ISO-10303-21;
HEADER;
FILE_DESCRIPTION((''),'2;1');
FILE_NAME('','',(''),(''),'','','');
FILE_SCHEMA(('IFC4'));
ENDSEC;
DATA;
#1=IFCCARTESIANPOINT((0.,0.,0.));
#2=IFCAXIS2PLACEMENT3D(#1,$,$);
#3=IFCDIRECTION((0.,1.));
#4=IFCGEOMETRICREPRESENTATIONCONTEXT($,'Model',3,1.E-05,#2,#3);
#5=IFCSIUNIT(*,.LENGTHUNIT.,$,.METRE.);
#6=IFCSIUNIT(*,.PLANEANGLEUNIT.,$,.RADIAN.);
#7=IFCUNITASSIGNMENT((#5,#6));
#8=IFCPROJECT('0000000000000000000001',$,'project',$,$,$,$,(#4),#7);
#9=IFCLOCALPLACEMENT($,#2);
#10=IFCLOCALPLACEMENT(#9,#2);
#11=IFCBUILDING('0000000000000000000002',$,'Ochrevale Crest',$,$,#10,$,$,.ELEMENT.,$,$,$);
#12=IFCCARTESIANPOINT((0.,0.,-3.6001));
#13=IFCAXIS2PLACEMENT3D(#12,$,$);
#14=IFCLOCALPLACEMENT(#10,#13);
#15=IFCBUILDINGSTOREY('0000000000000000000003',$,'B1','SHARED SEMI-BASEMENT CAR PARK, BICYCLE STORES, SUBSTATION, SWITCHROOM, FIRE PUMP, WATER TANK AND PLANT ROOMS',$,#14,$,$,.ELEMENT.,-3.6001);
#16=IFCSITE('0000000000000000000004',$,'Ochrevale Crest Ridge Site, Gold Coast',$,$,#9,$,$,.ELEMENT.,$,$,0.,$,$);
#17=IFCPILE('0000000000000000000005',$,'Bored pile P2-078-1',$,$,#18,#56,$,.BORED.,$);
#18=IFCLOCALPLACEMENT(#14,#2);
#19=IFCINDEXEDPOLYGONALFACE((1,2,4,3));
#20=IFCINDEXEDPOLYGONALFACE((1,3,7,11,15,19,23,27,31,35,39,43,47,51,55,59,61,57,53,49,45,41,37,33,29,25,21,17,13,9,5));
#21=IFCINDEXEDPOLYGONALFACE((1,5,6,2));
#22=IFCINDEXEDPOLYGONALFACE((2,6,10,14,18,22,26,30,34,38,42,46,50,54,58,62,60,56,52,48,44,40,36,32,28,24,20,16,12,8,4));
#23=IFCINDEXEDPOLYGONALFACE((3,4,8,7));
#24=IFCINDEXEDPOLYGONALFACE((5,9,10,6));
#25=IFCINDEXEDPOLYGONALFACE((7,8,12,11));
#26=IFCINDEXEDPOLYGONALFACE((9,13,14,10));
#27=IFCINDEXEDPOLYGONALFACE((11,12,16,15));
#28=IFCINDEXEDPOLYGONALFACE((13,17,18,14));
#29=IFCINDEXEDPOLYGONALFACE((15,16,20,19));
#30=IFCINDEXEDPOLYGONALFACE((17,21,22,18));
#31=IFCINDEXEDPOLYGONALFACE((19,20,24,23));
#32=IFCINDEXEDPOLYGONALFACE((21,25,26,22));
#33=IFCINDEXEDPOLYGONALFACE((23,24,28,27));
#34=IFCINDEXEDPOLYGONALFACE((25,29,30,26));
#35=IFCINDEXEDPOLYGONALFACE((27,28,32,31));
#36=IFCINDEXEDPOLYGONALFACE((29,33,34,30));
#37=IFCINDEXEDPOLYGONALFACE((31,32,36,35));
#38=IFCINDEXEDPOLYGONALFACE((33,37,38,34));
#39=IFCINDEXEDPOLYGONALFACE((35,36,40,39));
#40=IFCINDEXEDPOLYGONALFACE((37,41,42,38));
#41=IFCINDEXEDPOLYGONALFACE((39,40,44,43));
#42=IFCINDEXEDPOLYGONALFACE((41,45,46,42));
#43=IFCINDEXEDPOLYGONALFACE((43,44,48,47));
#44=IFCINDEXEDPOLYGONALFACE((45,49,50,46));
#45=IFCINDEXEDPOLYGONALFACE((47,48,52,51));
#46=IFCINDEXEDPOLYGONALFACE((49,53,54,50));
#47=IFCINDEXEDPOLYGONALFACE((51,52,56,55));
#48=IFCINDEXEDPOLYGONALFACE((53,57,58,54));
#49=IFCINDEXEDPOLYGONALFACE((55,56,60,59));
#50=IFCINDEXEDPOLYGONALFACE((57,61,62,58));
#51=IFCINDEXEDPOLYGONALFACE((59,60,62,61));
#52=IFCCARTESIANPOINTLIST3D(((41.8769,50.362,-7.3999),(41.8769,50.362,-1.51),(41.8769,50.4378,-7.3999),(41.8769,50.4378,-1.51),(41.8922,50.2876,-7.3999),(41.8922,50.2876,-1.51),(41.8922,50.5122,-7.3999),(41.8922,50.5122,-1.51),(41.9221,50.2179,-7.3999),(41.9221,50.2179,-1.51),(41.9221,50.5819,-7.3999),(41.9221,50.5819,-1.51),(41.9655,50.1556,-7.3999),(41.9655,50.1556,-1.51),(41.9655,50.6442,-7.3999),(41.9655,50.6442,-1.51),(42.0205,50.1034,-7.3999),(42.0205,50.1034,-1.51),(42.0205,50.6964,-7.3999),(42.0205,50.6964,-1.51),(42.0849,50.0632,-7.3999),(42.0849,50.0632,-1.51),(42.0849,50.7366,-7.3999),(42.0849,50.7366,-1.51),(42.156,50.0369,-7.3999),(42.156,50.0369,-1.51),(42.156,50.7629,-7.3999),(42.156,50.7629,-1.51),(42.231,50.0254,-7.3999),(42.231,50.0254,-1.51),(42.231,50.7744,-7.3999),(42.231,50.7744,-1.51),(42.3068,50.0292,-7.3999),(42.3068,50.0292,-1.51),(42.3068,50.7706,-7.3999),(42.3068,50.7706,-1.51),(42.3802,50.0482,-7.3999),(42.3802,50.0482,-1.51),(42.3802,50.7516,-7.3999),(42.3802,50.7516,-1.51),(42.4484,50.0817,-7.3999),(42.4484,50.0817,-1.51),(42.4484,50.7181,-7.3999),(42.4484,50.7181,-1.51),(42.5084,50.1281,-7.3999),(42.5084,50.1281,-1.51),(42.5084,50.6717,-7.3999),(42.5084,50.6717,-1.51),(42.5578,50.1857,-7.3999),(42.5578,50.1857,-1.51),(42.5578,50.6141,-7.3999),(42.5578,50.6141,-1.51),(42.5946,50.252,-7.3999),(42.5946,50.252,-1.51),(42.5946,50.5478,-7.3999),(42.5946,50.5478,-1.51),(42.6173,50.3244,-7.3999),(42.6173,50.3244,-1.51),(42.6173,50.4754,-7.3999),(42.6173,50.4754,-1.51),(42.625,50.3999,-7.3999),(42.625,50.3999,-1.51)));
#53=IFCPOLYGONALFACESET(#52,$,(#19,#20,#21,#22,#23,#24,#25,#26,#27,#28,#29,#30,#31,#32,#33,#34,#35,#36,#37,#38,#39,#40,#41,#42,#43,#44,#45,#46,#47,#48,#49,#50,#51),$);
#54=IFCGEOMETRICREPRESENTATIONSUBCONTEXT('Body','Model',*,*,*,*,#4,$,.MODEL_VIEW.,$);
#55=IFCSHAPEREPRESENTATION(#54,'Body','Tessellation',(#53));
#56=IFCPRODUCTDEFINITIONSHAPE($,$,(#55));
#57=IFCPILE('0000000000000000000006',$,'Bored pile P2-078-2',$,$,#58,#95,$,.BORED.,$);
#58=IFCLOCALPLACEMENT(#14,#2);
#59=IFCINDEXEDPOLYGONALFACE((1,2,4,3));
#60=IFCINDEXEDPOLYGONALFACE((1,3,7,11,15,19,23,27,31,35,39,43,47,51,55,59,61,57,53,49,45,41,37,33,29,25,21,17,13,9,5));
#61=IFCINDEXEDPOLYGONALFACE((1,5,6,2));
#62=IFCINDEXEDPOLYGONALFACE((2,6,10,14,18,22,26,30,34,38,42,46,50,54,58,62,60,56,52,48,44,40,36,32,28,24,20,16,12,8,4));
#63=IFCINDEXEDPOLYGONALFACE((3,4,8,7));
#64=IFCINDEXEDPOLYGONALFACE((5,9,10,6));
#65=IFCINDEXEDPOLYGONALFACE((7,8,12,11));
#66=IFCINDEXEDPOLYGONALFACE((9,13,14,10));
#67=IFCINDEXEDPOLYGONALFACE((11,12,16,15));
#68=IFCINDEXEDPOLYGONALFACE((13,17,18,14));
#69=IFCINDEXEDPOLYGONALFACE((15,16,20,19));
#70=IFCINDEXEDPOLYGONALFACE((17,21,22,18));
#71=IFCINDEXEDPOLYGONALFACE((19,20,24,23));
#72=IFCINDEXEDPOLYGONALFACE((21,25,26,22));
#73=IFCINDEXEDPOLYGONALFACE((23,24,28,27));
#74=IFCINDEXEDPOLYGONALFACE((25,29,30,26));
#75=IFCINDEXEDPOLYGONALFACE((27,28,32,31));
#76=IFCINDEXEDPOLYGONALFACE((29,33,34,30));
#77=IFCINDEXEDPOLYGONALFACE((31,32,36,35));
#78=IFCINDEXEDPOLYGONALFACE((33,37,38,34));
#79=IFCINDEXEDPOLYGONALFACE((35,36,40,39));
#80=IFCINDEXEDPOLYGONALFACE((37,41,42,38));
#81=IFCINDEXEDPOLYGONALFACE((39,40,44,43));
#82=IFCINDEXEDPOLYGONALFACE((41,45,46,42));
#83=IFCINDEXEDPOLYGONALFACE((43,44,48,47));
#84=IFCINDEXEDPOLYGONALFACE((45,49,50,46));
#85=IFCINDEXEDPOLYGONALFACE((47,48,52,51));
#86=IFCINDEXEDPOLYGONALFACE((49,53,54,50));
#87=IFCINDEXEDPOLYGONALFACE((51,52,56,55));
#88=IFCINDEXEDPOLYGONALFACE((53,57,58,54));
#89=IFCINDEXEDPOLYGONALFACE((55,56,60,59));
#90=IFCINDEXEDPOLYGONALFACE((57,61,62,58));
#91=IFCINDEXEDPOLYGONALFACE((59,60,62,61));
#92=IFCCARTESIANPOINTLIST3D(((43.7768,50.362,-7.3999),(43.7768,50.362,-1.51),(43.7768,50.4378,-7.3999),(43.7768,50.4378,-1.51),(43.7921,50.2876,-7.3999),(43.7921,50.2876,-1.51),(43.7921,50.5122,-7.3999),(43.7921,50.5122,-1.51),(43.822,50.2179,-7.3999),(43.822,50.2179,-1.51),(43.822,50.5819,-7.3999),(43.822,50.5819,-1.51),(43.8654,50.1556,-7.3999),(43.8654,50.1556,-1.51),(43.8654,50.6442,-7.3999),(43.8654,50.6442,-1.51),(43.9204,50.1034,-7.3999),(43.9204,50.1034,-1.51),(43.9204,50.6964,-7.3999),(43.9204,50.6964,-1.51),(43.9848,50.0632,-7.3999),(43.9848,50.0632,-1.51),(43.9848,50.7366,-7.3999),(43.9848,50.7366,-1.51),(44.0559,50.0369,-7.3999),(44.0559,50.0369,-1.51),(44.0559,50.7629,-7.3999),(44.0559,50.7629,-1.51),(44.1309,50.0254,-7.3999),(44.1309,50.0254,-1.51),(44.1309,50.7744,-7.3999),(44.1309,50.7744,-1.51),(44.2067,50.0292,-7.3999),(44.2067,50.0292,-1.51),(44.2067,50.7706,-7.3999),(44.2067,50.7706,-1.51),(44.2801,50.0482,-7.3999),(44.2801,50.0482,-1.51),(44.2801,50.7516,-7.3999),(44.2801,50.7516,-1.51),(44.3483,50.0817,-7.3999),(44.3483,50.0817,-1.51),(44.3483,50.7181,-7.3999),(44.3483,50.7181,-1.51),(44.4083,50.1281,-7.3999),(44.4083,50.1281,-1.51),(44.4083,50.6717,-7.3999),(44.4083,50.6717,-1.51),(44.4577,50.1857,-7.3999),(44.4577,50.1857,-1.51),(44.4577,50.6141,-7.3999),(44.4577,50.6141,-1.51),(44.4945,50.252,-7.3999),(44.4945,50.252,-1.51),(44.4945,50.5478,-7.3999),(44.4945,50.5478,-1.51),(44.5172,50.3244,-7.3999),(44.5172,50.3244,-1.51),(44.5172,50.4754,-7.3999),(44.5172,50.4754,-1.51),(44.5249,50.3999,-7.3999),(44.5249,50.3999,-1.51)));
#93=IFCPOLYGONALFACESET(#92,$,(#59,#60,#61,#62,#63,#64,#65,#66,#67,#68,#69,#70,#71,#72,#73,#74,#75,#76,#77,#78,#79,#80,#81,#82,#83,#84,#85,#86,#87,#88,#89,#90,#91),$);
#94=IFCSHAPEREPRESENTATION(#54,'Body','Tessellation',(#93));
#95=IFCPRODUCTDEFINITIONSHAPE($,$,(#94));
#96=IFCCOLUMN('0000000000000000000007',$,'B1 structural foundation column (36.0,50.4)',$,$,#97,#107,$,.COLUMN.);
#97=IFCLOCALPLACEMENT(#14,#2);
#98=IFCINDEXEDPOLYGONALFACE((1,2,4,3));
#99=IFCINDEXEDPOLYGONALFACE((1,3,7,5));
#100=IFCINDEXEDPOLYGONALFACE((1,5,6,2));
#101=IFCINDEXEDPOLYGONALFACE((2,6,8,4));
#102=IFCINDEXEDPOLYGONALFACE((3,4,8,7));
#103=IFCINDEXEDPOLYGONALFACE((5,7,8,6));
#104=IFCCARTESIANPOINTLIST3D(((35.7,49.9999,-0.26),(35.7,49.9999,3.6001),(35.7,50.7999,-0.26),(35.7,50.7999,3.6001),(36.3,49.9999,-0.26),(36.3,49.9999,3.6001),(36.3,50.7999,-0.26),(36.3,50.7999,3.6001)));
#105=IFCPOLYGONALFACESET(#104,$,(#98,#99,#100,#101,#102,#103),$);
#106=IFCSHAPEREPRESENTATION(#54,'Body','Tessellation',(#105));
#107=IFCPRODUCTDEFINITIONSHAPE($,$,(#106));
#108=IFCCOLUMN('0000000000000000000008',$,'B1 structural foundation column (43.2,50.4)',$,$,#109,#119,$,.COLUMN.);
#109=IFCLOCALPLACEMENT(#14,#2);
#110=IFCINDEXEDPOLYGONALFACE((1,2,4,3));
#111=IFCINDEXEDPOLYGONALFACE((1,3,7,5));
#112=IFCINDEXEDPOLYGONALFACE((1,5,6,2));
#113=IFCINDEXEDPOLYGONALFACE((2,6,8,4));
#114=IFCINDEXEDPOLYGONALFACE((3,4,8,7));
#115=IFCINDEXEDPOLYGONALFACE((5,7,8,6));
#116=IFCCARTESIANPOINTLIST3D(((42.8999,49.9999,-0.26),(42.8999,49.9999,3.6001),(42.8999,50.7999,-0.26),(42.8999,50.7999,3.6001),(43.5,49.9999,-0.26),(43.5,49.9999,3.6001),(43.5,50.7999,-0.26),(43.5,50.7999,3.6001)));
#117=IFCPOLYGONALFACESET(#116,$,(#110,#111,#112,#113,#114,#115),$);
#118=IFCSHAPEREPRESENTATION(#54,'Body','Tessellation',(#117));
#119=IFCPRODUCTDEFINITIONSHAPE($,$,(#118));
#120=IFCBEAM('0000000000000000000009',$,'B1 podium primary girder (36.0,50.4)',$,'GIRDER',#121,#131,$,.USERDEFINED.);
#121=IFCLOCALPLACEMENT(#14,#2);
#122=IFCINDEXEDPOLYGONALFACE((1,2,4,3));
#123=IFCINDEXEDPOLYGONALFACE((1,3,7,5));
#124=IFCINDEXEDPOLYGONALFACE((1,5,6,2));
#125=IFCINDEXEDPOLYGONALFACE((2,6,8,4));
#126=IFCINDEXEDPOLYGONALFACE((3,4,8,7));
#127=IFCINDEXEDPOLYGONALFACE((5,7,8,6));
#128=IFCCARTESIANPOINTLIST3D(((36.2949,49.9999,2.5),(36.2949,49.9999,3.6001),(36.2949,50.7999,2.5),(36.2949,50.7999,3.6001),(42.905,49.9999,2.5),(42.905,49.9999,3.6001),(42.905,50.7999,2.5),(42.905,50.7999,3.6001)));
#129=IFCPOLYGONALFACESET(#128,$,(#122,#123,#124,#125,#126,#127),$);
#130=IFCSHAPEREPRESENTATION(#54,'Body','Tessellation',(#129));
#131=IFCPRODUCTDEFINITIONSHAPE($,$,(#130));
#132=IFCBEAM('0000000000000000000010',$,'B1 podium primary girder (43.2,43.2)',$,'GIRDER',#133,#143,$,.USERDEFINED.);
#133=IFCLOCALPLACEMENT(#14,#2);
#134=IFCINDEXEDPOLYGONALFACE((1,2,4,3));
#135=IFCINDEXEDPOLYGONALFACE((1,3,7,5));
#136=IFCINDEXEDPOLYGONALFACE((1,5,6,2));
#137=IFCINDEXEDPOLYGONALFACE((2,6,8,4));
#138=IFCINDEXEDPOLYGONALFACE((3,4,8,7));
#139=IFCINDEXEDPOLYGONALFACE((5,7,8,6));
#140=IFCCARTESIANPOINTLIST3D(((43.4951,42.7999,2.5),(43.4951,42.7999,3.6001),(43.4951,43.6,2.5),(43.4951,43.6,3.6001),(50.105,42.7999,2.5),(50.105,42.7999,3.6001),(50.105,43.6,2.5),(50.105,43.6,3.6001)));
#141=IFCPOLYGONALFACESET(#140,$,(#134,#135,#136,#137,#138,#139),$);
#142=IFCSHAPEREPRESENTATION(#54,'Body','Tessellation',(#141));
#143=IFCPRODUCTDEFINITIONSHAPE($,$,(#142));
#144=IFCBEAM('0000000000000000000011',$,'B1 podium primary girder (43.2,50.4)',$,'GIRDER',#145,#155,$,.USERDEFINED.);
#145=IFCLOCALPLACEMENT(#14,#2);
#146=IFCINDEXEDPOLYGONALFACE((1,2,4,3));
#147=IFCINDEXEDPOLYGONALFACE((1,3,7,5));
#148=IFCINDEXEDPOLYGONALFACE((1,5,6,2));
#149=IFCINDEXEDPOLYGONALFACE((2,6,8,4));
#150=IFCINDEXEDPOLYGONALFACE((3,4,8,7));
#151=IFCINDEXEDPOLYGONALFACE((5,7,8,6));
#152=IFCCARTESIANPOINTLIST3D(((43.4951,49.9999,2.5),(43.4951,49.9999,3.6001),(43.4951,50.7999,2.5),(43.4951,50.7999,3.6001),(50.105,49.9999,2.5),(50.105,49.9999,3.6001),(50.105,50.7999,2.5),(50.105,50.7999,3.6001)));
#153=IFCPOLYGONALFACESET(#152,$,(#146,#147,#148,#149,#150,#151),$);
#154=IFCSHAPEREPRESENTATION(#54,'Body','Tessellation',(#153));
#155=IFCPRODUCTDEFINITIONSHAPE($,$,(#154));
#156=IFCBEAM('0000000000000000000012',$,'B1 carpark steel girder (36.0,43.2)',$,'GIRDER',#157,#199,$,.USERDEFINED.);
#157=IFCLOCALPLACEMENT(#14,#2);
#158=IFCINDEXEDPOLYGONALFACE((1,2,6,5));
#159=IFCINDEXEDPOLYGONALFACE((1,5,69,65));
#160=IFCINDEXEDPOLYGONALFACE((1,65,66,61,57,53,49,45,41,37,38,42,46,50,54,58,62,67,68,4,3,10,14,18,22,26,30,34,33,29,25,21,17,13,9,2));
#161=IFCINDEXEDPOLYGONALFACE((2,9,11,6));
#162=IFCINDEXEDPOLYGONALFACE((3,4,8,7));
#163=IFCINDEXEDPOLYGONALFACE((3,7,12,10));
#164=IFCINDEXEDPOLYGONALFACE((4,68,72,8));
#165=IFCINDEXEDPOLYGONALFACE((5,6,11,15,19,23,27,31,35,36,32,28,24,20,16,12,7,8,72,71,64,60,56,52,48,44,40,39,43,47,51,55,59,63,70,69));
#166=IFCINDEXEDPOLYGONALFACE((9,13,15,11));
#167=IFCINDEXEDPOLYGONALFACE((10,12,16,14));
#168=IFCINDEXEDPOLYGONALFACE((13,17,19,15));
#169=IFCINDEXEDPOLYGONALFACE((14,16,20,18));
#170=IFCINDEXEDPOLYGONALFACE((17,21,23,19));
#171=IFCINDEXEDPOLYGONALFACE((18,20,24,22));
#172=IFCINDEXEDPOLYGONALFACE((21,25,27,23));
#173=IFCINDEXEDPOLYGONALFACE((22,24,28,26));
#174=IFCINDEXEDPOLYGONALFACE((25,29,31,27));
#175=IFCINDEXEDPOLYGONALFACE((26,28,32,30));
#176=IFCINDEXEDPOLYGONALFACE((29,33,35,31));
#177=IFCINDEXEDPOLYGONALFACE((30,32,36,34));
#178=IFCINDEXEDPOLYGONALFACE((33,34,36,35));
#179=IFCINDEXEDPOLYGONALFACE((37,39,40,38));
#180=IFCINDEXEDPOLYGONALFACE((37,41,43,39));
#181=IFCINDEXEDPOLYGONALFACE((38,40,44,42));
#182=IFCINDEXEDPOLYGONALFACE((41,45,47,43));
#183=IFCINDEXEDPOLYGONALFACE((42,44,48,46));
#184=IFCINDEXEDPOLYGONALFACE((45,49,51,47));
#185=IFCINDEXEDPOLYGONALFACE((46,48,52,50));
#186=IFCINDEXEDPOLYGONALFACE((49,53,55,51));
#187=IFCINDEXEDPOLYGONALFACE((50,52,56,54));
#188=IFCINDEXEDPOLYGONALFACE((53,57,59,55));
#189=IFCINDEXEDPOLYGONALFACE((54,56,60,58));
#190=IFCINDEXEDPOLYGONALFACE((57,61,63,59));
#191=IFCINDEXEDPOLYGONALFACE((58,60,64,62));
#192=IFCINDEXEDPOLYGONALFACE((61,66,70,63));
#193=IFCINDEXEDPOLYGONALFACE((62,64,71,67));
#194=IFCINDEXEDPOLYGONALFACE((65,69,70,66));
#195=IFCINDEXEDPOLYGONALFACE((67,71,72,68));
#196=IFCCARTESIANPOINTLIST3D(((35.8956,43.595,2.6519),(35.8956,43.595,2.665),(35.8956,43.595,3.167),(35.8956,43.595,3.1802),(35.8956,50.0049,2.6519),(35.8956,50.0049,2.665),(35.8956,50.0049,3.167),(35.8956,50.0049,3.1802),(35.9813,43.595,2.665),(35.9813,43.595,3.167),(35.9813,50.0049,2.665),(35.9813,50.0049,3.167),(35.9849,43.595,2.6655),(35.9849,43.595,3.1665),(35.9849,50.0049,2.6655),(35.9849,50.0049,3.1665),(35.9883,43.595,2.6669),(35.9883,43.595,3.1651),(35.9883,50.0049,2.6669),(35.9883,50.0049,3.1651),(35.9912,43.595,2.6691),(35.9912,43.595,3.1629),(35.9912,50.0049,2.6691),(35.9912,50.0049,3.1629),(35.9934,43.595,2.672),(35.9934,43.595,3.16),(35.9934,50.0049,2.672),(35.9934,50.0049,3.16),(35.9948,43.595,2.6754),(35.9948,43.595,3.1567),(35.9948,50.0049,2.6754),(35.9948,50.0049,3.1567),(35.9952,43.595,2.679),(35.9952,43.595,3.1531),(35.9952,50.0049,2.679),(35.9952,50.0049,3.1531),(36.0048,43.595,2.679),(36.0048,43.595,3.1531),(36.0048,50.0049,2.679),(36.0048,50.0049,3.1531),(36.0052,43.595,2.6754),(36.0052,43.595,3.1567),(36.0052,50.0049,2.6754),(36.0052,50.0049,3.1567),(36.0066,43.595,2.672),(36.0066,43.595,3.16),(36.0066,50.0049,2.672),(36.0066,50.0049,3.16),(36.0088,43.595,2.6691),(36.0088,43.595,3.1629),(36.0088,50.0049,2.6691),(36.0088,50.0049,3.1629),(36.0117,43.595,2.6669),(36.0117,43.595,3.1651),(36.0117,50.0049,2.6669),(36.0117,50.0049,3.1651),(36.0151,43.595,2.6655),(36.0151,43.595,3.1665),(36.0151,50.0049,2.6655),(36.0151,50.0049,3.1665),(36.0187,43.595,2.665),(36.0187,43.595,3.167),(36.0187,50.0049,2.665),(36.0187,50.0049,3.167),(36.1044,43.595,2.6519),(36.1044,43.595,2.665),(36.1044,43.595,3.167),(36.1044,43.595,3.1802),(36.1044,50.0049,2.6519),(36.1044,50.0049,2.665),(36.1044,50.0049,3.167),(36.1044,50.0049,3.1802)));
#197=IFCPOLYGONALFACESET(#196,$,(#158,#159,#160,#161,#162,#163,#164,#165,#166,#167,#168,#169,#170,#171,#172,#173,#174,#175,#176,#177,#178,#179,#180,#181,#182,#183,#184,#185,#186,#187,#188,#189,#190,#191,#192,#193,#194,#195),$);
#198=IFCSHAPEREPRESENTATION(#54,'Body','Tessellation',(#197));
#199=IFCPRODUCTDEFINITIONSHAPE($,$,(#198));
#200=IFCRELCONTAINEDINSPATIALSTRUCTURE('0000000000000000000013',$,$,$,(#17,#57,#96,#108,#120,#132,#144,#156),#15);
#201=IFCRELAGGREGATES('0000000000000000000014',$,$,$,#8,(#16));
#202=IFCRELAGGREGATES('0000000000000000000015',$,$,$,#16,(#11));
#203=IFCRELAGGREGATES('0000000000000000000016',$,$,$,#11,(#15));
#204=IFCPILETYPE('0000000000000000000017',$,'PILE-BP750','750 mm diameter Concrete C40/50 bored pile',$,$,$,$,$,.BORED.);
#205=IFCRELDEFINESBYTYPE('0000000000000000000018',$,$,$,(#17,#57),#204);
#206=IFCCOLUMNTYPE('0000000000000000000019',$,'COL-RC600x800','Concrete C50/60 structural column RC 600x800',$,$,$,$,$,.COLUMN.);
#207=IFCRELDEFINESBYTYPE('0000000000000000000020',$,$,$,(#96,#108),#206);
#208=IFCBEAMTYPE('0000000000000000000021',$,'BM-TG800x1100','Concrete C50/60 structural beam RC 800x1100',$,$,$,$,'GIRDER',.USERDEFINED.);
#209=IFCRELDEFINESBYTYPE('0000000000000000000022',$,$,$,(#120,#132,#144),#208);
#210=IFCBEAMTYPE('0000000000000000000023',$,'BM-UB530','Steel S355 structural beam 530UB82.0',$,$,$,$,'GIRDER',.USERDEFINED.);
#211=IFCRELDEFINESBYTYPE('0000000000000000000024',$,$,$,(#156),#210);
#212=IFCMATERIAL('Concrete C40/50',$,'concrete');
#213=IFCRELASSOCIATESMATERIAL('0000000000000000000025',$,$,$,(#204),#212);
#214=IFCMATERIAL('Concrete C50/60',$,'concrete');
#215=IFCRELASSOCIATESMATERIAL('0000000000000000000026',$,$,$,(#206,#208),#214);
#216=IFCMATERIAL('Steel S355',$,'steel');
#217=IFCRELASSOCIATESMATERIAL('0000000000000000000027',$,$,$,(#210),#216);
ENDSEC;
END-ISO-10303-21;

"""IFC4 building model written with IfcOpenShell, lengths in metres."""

from ifc_helpers import new_model, si_unit, direction, frame, origin, origin_2d, place, context, subcontext, project, spatial, rectangle, circle, i_section, extrude, material, material_profile, profile_set, type_object, element, save


model = new_model("IFC4")

# Units and contexts
model_context = context("Model", 3, precision=1e-05, world=origin(), true_north=direction((0.0, 1.0)))
body_context = subcontext(model_context, "Body", "Model", "MODEL_VIEW")
ifc_project = project(units=[si_unit("LENGTHUNIT", "METRE"), si_unit("PLANEANGLEUNIT", "RADIAN")], contexts=[model_context])

# Site, building, storey
site_placement = place(None, origin())
site = spatial("IfcSite", under=ifc_project, at=site_placement, Name="Ochrevale Crest Ridge Site, Gold Coast", CompositionType="ELEMENT", RefElevation=0.0)
building_placement = place(site_placement, origin())
building = spatial("IfcBuilding", under=site, at=building_placement, Name="Ochrevale Crest", CompositionType="ELEMENT")
storey_placement = place(building_placement, frame((0.0, 0.0, -3.6001)))
storey = spatial("IfcBuildingStorey", under=building, at=storey_placement, Name="B1", Description="SHARED SEMI-BASEMENT CAR PARK, BICYCLE STORES, SUBSTATION, SWITCHROOM, FIRE PUMP, WATER TANK AND PLANT ROOMS", CompositionType="ELEMENT", Elevation=-3.6001)

# Shared definitions
ifc_material_1 = material(Name="Concrete C40/50", Category="concrete")

# Piles
ifc_material_profile_1 = material_profile(ifc_material_1, circle(Radius=0.375, at=origin_2d()), Name="BORED PILE 750")
ifc_profile_set_1 = profile_set([ifc_material_profile_1], Name="Concrete C40/50")
pile_type = type_object("IfcPileType", Name="PILE-BP750", Description="750 mm diameter Concrete C40/50 bored pile", PredefinedType="BORED", material=ifc_profile_set_1)
for number, where, z_axis, x_axis, name in (
    (1, (42.25, 50.3999, -1.51), (0.0, 0.0, -1.0), (1.0, 0.0, 0.0), "Bored pile P2-078-1"),
    (2, (44.1499, 50.3999, -1.51), (0.0, 0.0, -1.0), (1.0, 0.0, 0.0), "Bored pile P2-078-2"),
):
    element("IfcPile", number, at=place(storey_placement, frame(where, z_axis=z_axis, x_axis=x_axis)), inside=storey, type_object=pile_type, Name=name, PredefinedType="BORED", context=body_context, shape_type="SweptSolid", body=[
        extrude(circle(Radius=0.375, at=origin_2d()), origin(), (0.0, 0.0, 1.0), 5.8899),
    ])

# Columns
ifc_material_2 = material(Name="Concrete C50/60", Category="concrete")
ifc_material_profile_2 = material_profile(ifc_material_2, rectangle(XDim=0.6001, YDim=0.8, at=origin_2d()), Name="RC 600x800")
ifc_profile_set_2 = profile_set([ifc_material_profile_2], Name="Concrete C50/60")
column_type = type_object("IfcColumnType", Name="COL-RC600x800", Description="Concrete C50/60 structural column RC 600x800", PredefinedType="COLUMN", material=ifc_profile_set_2)
for number, where, z_axis, x_axis, name in (
    (3, (36.0, 50.3999, -0.26), (0.0, 0.0, 1.0), (1.0, 0.0, 0.0), "B1 structural foundation column (36.0,50.4)"),
    (4, (43.2, 50.3999, -0.26), (0.0, 0.0, 1.0), (1.0, 0.0, 0.0), "B1 structural foundation column (43.2,50.4)"),
):
    element("IfcColumn", number, at=place(storey_placement, frame(where, z_axis=z_axis, x_axis=x_axis)), inside=storey, type_object=column_type, Name=name, PredefinedType="COLUMN", context=body_context, shape_type="SweptSolid", body=[
        extrude(rectangle(XDim=0.6001, YDim=0.8, at=origin_2d()), origin(), (0.0, 0.0, 1.0), 3.8601),
    ])

# Beams
ifc_material_profile_3 = material_profile(ifc_material_2, rectangle(XDim=0.8, YDim=1.1001, at=origin_2d()), Name="RC 800x1100")
ifc_profile_set_3 = profile_set([ifc_material_profile_3], Name="Concrete C50/60")
beam_type_1 = type_object("IfcBeamType", Name="BM-TG800x1100", Description="Concrete C50/60 structural beam RC 800x1100", ElementType="GIRDER", PredefinedType="USERDEFINED", material=ifc_profile_set_3)
beam_1_placement = place(storey_placement, frame((36.2949, 50.3999, 3.05), z_axis=(1.0, 0.0, 0.0), x_axis=(0.0, 1.0, 0.0)))
element("IfcBeam", 5, at=beam_1_placement, inside=storey, type_object=beam_type_1, Name="B1 podium primary girder (36.0,50.4)", ObjectType="GIRDER", PredefinedType="USERDEFINED", context=body_context, shape_type="SweptSolid", body=[
    extrude(rectangle(XDim=0.8, YDim=1.1001, at=origin_2d()), origin(), (0.0, 0.0, 1.0), 6.6101),
])
for number, where, z_axis, x_axis, name in (
    (6, (43.4951, 43.2, 3.05), (1.0, 0.0, 0.0), (0.0, 1.0, 0.0), "B1 podium primary girder (43.2,43.2)"),
    (7, (43.4951, 50.3999, 3.05), (1.0, 0.0, 0.0), (0.0, 1.0, 0.0), "B1 podium primary girder (43.2,50.4)"),
):
    element("IfcBeam", number, at=place(storey_placement, frame(where, z_axis=z_axis, x_axis=x_axis)), inside=storey, type_object=beam_type_1, Name=name, ObjectType="GIRDER", PredefinedType="USERDEFINED", context=body_context, shape_type="SweptSolid", body=[
        extrude(rectangle(XDim=0.8, YDim=1.1001, at=origin_2d()), origin(), (0.0, 0.0, 1.0), 6.6099),
    ])
ifc_material_3 = material(Name="Steel S355", Category="steel")
ifc_material_profile_4 = material_profile(ifc_material_3, i_section(OverallWidth=0.2087, OverallDepth=0.5283, WebThickness=0.0095, FlangeThickness=0.0132, FilletRadius=0.0139, at=origin_2d()), Name="530UB82.0")
ifc_profile_set_4 = profile_set([ifc_material_profile_4], Name="Steel S355")
beam_type_2 = type_object("IfcBeamType", Name="BM-UB530", Description="Steel S355 structural beam 530UB82.0", ElementType="GIRDER", PredefinedType="USERDEFINED", material=ifc_profile_set_4)
beam_2_placement = place(storey_placement, frame((36.0, 43.595, 2.916), z_axis=(0.0, 1.0, 0.0), x_axis=(-1.0, 0.0, 0.0)))
element("IfcBeam", 8, at=beam_2_placement, inside=storey, type_object=beam_type_2, Name="B1 carpark steel girder (36.0,43.2)", ObjectType="GIRDER", PredefinedType="USERDEFINED", context=body_context, shape_type="SweptSolid", body=[
    extrude(i_section(OverallWidth=0.2087, OverallDepth=0.5283, WebThickness=0.0095, FlangeThickness=0.0132, FilletRadius=0.0139, at=origin_2d()), origin(), (0.0, 0.0, 1.0), 6.4099),
])

save(model, "model.ifc")
